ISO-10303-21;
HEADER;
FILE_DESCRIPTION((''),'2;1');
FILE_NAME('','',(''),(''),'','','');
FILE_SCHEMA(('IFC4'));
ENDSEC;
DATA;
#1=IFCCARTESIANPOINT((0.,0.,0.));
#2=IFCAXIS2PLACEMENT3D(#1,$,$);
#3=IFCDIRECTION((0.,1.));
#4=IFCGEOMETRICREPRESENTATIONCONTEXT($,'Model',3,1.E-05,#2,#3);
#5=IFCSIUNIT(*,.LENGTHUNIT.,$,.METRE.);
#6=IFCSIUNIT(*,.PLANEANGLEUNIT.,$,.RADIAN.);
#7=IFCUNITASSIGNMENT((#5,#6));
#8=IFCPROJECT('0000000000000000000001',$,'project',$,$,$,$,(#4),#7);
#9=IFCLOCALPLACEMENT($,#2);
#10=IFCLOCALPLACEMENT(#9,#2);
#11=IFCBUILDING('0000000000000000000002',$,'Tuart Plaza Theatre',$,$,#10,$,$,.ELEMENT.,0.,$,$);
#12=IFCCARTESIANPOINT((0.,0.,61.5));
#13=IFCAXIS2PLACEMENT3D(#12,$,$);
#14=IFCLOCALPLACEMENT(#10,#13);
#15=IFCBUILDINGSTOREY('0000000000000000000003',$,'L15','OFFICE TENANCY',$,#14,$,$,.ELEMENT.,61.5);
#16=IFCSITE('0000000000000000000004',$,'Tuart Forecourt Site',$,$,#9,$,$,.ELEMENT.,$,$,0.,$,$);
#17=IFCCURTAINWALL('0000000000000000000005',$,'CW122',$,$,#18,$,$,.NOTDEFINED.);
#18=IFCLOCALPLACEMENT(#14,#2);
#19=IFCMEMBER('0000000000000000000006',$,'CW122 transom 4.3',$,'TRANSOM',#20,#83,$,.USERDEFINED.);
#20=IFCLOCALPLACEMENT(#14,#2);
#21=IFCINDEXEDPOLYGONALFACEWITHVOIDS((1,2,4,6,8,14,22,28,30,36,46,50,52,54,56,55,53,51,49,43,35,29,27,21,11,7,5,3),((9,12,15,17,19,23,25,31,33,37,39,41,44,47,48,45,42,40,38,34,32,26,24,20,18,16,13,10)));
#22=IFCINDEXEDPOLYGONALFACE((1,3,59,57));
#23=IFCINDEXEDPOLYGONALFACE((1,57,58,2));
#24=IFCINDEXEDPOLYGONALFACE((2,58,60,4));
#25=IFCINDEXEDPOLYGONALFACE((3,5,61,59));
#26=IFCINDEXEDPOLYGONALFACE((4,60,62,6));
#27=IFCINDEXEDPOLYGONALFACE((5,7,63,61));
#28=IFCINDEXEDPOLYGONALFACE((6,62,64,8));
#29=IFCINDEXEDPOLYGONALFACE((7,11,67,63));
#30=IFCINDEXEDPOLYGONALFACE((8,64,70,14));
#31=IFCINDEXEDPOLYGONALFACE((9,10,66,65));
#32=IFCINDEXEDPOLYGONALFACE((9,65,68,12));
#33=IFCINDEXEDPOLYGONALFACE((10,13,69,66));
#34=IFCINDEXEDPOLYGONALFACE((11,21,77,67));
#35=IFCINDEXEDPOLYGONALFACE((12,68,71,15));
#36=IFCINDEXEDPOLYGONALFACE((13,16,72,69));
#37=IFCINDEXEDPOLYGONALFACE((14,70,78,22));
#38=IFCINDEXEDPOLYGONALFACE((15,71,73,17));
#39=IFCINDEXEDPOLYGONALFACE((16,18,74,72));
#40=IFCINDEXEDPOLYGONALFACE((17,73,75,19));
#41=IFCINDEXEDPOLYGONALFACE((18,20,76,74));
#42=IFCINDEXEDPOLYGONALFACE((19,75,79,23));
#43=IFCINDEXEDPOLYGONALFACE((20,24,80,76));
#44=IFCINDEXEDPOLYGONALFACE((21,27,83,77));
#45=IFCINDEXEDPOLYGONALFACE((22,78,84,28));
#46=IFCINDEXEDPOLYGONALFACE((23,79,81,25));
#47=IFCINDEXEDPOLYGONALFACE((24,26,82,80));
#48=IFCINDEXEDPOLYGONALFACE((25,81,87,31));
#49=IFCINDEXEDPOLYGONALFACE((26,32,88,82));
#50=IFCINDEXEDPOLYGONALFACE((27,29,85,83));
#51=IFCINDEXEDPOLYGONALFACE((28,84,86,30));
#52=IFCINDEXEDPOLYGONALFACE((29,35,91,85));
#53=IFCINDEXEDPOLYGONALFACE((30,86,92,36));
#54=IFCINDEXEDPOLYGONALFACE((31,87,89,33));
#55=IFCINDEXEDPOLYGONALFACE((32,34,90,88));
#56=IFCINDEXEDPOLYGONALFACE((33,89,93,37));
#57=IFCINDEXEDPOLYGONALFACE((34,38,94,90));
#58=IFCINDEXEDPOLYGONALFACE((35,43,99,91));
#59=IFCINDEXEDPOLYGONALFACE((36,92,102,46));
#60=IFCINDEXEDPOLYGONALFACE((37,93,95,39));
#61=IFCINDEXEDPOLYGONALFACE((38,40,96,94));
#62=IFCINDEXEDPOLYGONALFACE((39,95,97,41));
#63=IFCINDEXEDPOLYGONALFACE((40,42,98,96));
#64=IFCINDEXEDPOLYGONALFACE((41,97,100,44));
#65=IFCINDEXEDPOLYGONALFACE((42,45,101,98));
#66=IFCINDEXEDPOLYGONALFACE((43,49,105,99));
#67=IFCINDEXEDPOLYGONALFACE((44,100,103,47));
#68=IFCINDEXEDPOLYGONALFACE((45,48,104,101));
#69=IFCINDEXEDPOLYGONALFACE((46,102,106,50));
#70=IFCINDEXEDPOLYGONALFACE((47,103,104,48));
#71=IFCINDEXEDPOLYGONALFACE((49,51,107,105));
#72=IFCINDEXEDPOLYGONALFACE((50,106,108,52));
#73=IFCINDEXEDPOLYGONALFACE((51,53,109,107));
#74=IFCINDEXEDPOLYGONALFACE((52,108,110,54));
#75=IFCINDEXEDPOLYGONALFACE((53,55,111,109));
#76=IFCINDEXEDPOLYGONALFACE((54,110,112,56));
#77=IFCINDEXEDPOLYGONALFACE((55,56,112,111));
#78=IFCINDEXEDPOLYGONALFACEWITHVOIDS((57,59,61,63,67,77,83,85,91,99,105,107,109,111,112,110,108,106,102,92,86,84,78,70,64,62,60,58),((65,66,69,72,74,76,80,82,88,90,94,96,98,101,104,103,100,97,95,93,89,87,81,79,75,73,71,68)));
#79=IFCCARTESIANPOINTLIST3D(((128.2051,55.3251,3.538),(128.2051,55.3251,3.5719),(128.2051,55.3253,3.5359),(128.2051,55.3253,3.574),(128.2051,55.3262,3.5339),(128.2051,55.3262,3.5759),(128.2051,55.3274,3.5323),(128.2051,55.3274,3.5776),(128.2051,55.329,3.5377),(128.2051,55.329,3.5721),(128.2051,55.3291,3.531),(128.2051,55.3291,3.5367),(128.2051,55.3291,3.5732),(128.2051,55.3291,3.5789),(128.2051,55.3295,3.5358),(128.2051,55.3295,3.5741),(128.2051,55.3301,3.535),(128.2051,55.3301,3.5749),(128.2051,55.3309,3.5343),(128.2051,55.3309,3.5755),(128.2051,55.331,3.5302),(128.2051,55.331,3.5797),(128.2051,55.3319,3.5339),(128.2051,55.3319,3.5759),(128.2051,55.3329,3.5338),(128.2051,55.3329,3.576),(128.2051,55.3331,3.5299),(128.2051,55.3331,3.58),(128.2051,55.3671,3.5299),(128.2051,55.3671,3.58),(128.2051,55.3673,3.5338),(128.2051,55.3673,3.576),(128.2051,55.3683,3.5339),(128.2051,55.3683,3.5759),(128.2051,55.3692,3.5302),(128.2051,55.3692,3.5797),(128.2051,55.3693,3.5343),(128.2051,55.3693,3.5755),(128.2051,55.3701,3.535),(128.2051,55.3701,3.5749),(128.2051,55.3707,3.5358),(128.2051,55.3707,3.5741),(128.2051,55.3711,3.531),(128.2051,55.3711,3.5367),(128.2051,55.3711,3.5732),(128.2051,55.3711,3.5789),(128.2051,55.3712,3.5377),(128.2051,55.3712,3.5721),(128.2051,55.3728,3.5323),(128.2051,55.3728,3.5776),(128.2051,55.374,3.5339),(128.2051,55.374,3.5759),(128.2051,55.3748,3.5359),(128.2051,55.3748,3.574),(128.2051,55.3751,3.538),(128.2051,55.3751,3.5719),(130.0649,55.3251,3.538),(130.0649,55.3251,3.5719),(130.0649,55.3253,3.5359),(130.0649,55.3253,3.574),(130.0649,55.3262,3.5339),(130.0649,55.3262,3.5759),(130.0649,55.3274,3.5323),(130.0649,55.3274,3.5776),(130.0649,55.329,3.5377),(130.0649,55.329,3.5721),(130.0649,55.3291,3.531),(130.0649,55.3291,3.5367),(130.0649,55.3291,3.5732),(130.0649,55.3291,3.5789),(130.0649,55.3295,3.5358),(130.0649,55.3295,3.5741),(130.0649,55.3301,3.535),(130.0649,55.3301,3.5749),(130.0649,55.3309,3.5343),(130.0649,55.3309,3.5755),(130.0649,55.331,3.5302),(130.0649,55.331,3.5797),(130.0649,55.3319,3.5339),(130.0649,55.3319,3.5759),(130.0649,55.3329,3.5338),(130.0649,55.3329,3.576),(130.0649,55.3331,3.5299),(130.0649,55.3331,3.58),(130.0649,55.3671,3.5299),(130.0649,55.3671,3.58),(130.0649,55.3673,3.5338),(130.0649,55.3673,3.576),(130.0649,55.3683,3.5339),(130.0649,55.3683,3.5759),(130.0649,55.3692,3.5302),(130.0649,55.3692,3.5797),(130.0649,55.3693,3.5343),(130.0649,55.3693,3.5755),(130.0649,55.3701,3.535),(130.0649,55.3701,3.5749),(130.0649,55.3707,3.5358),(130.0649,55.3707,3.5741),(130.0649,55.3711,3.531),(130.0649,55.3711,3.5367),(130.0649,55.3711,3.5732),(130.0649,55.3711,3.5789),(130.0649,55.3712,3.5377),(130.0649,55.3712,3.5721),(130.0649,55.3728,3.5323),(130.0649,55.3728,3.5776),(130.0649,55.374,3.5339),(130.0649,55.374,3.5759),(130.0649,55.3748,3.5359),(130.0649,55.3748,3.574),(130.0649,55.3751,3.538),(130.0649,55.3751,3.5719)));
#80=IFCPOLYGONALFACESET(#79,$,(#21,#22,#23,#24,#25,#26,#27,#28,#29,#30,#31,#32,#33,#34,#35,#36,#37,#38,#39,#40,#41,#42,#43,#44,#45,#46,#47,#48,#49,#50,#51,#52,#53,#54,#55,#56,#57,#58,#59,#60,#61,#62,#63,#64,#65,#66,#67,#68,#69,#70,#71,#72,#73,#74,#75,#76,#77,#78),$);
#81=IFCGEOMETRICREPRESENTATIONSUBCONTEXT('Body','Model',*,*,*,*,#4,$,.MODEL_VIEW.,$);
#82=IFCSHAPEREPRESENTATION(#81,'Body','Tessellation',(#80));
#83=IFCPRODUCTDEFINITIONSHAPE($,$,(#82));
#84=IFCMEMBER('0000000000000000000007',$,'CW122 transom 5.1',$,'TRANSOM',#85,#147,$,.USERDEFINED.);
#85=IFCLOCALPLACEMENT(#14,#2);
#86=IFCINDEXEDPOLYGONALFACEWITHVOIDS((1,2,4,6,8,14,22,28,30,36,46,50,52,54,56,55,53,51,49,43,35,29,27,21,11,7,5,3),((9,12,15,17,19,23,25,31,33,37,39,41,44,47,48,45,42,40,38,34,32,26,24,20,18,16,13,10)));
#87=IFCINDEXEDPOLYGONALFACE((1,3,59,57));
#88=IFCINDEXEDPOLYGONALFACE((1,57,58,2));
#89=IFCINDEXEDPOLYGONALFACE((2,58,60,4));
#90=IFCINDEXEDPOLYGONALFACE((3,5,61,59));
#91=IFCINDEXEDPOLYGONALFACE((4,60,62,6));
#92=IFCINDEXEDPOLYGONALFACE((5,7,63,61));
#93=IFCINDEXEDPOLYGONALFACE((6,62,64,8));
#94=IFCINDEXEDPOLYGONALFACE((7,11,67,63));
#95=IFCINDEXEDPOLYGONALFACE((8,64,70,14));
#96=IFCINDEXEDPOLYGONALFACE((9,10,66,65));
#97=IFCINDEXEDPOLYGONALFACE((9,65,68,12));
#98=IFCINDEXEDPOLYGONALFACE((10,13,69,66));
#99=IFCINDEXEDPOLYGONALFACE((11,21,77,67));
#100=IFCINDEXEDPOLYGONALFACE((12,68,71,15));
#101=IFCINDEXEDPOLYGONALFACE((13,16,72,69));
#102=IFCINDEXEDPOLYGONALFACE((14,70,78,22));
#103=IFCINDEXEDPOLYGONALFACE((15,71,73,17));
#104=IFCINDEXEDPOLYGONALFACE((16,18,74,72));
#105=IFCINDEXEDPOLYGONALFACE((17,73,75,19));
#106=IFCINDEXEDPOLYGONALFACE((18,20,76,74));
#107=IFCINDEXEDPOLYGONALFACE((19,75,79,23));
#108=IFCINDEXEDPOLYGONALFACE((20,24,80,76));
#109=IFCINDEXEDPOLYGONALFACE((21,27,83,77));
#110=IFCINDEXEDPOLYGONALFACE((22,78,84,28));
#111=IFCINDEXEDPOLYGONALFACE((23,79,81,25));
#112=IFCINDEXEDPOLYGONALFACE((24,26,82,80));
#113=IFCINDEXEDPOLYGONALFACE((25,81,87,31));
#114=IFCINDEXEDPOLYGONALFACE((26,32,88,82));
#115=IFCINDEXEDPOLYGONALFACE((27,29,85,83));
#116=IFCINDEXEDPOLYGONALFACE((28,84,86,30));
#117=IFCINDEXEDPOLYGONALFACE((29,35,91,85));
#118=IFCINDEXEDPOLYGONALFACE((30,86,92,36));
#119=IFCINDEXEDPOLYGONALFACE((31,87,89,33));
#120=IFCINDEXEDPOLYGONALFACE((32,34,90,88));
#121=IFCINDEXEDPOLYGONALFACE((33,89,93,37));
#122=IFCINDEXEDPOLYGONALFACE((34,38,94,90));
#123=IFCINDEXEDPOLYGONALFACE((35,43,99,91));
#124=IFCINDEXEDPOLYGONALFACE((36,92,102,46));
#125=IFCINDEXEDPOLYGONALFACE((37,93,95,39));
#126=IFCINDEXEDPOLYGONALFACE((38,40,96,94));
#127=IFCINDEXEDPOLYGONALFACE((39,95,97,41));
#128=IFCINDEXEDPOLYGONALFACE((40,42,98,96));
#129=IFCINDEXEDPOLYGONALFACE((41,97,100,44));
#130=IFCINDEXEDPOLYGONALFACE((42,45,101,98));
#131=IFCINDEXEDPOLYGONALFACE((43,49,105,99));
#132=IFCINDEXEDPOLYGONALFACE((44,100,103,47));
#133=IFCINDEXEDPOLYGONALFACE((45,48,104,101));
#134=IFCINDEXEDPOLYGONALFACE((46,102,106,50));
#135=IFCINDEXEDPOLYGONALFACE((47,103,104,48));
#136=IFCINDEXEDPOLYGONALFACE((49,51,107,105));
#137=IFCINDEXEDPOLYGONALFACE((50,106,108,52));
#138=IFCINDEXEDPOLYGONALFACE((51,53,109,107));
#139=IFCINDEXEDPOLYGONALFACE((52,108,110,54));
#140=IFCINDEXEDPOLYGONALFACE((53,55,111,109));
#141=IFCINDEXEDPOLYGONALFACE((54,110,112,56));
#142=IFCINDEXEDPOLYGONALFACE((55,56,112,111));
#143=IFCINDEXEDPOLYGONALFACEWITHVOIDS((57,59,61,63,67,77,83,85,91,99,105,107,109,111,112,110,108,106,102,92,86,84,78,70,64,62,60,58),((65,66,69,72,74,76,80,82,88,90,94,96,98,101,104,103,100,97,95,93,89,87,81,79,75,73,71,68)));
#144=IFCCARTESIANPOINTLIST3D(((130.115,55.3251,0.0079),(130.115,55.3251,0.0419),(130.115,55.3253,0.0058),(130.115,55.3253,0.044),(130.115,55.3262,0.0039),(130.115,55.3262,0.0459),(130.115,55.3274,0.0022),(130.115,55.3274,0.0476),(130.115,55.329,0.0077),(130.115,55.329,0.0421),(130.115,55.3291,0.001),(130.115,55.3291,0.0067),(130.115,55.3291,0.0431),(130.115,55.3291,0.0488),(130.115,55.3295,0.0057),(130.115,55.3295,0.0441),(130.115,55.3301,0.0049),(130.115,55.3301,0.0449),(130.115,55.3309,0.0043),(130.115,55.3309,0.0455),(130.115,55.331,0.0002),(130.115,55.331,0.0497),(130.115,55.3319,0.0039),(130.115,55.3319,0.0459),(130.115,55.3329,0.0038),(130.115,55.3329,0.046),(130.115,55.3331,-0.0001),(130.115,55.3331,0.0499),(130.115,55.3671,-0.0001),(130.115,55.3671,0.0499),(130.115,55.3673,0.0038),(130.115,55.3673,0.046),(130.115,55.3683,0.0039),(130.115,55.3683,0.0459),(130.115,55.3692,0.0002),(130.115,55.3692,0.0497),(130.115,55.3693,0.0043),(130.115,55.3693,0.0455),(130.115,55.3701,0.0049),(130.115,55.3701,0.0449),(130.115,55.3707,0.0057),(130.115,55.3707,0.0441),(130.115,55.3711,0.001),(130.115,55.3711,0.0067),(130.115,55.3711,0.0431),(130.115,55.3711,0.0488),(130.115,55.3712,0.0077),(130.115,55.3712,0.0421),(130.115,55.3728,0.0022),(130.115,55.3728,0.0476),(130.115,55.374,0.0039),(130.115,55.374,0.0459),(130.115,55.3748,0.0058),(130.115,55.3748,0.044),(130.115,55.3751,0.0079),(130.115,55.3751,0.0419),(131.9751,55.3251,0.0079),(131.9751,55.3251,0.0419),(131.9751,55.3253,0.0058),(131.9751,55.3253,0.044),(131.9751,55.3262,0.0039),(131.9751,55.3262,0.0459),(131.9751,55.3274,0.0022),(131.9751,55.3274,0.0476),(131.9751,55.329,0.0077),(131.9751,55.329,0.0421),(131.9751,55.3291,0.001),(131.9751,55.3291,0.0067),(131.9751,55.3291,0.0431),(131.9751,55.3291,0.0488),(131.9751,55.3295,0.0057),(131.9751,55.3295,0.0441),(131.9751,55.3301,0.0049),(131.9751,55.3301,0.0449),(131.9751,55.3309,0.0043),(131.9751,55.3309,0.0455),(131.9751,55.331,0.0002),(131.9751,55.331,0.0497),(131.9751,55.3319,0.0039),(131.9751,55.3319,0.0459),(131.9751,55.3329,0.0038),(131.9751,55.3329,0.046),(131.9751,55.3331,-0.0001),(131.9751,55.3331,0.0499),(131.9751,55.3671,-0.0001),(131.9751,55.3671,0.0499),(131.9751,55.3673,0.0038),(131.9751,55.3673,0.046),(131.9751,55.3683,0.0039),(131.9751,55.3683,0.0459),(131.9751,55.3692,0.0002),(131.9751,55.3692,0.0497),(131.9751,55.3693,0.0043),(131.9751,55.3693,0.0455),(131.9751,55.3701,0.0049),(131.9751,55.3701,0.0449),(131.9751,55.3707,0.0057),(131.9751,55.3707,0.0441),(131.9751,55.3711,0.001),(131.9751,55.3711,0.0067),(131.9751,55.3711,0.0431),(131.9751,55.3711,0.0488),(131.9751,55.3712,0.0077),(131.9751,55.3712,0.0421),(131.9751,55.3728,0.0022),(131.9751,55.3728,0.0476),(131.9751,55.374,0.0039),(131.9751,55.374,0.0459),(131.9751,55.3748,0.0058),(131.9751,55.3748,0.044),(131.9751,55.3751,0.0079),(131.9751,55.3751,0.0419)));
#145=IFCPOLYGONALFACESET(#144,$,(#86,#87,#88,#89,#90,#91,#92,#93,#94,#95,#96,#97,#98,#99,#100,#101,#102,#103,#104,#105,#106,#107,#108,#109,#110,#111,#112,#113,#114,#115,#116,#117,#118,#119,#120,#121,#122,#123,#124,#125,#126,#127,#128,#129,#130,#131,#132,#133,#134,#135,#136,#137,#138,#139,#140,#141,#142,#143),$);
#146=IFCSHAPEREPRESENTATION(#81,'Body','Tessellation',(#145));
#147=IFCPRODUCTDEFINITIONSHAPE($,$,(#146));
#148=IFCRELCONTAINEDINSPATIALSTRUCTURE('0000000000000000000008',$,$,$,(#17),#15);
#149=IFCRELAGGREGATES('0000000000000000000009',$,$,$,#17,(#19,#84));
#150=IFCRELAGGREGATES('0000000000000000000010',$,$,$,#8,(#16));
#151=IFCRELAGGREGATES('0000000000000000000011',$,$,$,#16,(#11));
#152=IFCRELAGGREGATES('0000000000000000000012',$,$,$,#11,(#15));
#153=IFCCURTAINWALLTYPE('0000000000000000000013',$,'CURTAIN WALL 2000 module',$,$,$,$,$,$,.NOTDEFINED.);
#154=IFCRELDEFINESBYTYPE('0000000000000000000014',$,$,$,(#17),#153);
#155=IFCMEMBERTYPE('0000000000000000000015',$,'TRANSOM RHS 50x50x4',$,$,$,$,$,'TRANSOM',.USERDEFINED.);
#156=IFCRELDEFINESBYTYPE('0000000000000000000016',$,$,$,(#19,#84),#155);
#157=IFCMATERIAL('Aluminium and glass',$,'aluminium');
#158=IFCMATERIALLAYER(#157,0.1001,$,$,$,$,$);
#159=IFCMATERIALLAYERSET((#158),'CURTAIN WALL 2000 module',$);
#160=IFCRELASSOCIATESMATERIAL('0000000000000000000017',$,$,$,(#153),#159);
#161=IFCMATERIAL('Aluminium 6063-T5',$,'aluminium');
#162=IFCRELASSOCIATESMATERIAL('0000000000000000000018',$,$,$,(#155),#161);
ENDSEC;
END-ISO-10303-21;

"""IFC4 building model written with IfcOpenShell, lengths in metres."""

from ifc_helpers import new_model, si_unit, direction, frame, origin, origin_2d, place, context, subcontext, project, spatial, hollow_rectangle, extrude, material, layer, layer_set, material_profile, profile_set, type_object, element, aggregate, save


model = new_model("IFC4")

# Units and contexts
model_context = context("Model", 3, precision=1e-05, world=origin(), true_north=direction((0.0, 1.0)))
body_context = subcontext(model_context, "Body", "Model", "MODEL_VIEW")
ifc_project = project(units=[si_unit("LENGTHUNIT", "METRE"), si_unit("PLANEANGLEUNIT", "RADIAN")], contexts=[model_context])

# Site, building, storey
site_placement = place(None, origin())
site = spatial("IfcSite", under=ifc_project, at=site_placement, Name="Tuart Forecourt Site", CompositionType="ELEMENT", RefElevation=0.0)
building_placement = place(site_placement, origin())
building = spatial("IfcBuilding", under=site, at=building_placement, Name="Tuart Plaza Theatre", CompositionType="ELEMENT", ElevationOfRefHeight=0.0)
storey_placement = place(building_placement, frame((0.0, 0.0, 61.5)))
storey = spatial("IfcBuildingStorey", under=building, at=storey_placement, Name="L15", Description="OFFICE TENANCY", CompositionType="ELEMENT", Elevation=61.5)

# Curtain wall, members
ifc_material_1 = material(Name="Aluminium and glass", Category="aluminium")
ifc_layer_1 = layer(ifc_material_1, 0.1001)
ifc_layer_set_1 = layer_set([ifc_layer_1], Name="CURTAIN WALL 2000 module")
curtain_wall_type = type_object("IfcCurtainWallType", Name="CURTAIN WALL 2000 module", PredefinedType="NOTDEFINED", material=ifc_layer_set_1)
curtain_wall_placement = place(storey_placement, origin())
curtain_wall = element("IfcCurtainWall", 1, at=curtain_wall_placement, inside=storey, type_object=curtain_wall_type, Name="CW122", PredefinedType="NOTDEFINED")
ifc_material_2 = material(Name="Aluminium 6063-T5", Category="aluminium")
ifc_material_profile_1 = material_profile(ifc_material_2, hollow_rectangle(XDim=0.05, YDim=0.05, WallThickness=0.0039, InnerFilletRadius=0.0039, OuterFilletRadius=0.0081, at=origin_2d()), Name="RHS 50x50x4")
ifc_profile_set_1 = profile_set([ifc_material_profile_1], Name="Aluminium 6063-T5")
member_type_1 = type_object("IfcMemberType", Name="TRANSOM RHS 50x50x4", ElementType="TRANSOM", PredefinedType="USERDEFINED", material=ifc_profile_set_1)
member_1_placement = place(storey_placement, frame((128.2051, 55.3501, 3.5549), z_axis=(1.0, 0.0, 0.0), x_axis=(0.0, 1.0, 0.0)))
member_1 = element("IfcMember", 2, at=member_1_placement, type_object=member_type_1, Name="CW122 transom 4.3", ObjectType="TRANSOM", PredefinedType="USERDEFINED", context=body_context, shape_type="SweptSolid", body=[
    extrude(hollow_rectangle(XDim=0.05, YDim=0.05, WallThickness=0.0039, InnerFilletRadius=0.0039, OuterFilletRadius=0.0081, at=origin_2d()), origin(), (0.0, 0.0, 1.0), 1.8599),
])
member_2_placement = place(storey_placement, frame((130.115, 55.3501, 0.0249), z_axis=(1.0, 0.0, 0.0), x_axis=(0.0, 1.0, 0.0)))
member_2 = element("IfcMember", 3, at=member_2_placement, type_object=member_type_1, Name="CW122 transom 5.1", ObjectType="TRANSOM", PredefinedType="USERDEFINED", context=body_context, shape_type="SweptSolid", body=[
    extrude(hollow_rectangle(XDim=0.05, YDim=0.05, WallThickness=0.0039, InnerFilletRadius=0.0039, OuterFilletRadius=0.0081, at=origin_2d()), origin(), (0.0, 0.0, 1.0), 1.8601),
])
aggregate(curtain_wall, [member_1, member_2])

save(model, "model.ifc")
